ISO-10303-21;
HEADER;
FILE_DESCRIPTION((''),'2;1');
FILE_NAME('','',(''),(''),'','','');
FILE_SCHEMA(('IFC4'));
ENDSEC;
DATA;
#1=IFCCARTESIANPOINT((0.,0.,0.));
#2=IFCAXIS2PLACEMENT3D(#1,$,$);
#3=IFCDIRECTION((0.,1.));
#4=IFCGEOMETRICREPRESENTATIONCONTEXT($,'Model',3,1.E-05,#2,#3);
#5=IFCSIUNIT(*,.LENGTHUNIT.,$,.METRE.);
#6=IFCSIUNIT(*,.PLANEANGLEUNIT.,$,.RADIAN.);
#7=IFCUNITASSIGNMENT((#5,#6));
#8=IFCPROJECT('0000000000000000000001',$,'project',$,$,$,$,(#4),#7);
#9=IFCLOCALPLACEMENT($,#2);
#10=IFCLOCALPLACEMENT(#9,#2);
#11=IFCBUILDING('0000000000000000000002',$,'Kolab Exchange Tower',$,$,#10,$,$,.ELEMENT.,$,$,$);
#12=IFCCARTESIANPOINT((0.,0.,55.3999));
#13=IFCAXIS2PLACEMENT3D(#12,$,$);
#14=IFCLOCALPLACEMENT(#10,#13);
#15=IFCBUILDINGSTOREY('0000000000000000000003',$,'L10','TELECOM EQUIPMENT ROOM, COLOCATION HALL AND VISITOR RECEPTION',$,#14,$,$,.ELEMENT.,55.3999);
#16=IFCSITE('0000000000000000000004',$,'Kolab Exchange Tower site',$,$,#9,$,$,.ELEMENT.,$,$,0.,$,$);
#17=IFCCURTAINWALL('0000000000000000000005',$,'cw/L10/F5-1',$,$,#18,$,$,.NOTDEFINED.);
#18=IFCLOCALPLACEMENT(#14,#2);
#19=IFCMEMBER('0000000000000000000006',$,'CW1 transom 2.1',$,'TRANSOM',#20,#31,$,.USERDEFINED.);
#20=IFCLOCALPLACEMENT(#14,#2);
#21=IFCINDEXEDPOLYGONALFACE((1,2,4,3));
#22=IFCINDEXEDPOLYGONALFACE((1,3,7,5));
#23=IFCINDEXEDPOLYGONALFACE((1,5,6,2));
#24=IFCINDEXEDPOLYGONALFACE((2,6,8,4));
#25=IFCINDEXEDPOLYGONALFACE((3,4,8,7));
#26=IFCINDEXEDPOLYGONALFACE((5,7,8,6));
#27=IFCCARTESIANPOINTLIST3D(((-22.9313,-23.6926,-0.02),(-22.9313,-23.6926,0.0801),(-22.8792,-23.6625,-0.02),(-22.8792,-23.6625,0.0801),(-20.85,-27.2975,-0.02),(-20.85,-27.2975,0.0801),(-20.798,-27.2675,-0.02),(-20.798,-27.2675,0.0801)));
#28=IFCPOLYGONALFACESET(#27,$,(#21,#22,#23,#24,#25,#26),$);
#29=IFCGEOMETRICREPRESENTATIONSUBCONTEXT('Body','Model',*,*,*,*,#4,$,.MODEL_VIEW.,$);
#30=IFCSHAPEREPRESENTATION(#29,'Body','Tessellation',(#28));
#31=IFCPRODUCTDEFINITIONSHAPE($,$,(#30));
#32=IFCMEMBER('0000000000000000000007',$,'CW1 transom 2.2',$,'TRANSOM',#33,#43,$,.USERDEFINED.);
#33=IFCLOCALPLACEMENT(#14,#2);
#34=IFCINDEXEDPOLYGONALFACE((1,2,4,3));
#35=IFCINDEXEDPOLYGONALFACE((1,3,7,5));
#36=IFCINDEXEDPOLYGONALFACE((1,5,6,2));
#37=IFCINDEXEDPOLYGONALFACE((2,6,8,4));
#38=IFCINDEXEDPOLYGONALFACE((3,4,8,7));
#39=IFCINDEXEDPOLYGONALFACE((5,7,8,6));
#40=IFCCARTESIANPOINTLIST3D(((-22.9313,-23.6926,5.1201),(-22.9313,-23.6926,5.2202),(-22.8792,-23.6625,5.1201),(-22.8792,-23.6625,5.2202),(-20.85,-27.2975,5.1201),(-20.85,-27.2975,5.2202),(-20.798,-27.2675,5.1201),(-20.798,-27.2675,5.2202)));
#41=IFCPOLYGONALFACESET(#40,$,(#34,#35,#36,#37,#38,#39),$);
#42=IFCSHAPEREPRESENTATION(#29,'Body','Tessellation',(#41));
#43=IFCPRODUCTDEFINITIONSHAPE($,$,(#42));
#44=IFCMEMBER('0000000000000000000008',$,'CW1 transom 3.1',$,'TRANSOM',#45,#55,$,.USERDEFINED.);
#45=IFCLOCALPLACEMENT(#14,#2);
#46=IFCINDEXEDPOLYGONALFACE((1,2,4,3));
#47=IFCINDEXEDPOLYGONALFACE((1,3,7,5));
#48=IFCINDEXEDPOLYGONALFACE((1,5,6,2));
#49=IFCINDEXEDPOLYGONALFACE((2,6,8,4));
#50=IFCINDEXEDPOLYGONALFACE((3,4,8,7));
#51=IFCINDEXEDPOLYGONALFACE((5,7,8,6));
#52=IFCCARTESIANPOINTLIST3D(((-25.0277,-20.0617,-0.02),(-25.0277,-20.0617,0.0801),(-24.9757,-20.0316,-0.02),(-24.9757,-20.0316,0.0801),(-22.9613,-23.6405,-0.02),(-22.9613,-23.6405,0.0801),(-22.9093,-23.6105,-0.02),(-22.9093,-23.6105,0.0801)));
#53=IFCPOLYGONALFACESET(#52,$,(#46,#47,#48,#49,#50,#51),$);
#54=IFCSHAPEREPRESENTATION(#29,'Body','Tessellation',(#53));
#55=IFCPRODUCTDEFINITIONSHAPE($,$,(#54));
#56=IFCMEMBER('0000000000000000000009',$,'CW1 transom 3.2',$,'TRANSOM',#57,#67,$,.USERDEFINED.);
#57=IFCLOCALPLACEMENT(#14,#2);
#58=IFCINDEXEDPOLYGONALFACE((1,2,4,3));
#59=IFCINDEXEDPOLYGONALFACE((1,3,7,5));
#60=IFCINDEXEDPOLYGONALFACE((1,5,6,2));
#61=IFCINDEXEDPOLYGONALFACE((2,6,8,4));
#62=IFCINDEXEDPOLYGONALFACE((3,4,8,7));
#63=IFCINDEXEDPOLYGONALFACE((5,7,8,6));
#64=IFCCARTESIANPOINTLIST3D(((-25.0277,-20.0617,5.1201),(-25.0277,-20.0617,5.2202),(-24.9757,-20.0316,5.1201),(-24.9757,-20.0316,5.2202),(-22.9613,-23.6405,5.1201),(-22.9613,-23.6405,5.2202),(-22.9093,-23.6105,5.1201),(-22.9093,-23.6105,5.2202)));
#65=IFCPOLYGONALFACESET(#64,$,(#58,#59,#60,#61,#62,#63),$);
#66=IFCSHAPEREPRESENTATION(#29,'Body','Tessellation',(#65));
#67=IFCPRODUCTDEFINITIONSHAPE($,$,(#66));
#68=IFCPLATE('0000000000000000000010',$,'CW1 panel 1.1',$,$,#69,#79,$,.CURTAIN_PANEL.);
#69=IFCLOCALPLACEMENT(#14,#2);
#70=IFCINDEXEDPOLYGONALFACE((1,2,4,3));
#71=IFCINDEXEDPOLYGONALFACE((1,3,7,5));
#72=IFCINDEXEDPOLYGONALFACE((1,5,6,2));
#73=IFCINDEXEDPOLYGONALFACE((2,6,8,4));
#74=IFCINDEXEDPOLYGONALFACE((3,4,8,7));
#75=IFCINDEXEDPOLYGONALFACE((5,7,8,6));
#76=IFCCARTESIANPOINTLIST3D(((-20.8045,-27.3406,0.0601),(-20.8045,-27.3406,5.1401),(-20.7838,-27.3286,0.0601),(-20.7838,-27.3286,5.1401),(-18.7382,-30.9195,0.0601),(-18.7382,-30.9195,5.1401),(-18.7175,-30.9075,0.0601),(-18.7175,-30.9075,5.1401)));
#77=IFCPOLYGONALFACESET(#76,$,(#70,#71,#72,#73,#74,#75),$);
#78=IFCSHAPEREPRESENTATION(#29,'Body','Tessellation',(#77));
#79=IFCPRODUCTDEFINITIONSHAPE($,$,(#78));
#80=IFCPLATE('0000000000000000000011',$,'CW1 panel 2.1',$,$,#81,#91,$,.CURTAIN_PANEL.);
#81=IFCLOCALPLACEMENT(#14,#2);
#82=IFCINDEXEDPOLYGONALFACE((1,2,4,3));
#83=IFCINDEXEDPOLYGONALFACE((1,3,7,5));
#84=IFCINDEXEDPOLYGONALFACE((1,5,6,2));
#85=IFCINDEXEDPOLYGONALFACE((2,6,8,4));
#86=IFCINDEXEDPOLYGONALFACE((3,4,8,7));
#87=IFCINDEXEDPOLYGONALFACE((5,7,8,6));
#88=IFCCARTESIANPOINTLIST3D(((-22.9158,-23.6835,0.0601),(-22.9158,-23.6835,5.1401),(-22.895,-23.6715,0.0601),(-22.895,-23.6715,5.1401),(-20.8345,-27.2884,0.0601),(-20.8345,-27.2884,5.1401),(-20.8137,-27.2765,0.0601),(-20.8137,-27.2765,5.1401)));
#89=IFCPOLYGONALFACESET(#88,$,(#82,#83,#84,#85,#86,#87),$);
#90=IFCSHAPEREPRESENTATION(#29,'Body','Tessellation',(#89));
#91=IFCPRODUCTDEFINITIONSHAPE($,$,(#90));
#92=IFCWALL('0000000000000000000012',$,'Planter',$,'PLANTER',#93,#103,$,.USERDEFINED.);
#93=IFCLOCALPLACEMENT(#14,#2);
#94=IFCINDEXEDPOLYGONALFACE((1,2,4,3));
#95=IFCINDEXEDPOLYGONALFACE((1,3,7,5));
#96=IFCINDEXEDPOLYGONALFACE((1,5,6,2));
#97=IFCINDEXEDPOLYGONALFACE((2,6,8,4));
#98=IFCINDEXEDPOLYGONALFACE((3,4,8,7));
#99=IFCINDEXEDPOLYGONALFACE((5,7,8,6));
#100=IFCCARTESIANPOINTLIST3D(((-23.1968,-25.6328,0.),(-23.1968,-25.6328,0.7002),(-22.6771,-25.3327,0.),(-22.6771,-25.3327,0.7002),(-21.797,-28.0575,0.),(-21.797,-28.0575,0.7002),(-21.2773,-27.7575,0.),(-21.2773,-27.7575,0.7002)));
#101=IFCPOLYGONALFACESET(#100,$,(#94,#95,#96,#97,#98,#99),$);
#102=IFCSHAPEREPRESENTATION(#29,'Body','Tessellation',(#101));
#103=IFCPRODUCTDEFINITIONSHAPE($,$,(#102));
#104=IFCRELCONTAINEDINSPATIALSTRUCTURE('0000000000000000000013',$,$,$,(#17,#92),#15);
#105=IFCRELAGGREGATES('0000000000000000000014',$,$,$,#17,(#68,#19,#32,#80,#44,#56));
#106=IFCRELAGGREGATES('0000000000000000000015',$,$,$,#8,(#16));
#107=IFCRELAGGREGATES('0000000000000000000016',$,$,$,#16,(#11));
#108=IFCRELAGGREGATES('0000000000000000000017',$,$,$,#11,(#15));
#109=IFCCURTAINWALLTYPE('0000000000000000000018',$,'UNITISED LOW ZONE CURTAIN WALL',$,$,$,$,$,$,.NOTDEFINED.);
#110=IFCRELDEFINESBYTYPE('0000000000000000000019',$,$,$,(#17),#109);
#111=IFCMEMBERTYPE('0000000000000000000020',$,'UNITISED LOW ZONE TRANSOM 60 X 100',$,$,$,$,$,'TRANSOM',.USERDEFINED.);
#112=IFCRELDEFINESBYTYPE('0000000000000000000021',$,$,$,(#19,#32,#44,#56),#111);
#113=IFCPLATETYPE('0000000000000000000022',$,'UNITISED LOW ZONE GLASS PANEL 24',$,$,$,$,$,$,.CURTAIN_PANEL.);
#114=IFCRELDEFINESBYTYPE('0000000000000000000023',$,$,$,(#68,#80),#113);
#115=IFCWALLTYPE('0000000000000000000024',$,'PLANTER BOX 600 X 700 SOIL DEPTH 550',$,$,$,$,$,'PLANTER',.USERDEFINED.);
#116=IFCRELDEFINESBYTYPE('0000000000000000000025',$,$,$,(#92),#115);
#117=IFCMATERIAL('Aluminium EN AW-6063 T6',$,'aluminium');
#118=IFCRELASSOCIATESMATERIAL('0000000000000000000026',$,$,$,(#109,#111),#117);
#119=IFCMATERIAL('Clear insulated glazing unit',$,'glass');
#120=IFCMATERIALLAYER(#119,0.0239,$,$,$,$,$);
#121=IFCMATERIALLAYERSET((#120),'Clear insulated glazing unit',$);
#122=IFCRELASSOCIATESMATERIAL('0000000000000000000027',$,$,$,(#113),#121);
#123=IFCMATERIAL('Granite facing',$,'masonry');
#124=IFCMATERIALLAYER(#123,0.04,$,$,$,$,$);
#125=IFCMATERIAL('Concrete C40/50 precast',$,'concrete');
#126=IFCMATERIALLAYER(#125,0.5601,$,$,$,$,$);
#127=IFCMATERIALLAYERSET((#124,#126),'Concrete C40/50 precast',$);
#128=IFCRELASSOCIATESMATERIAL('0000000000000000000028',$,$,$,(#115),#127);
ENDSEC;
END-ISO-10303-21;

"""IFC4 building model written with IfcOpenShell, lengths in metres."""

from ifc_helpers import new_model, si_unit, direction, frame, frame_2d, origin, origin_2d, place, context, subcontext, project, spatial, rectangle, extrude, material, layer, layer_set, material_profile, profile_set, type_object, element, aggregate, save


model = new_model("IFC4")

# Units and contexts
model_context = context("Model", 3, precision=1e-05, world=origin(), true_north=direction((0.0, 1.0)))
body_context = subcontext(model_context, "Body", "Model", "MODEL_VIEW")
ifc_project = project(units=[si_unit("LENGTHUNIT", "METRE"), si_unit("PLANEANGLEUNIT", "RADIAN")], contexts=[model_context])

# Site, building, storey
site_placement = place(None, origin())
site = spatial("IfcSite", under=ifc_project, at=site_placement, Name="Kolab Exchange Tower site", CompositionType="ELEMENT", RefElevation=0.0)
building_placement = place(site_placement, origin())
building = spatial("IfcBuilding", under=site, at=building_placement, Name="Kolab Exchange Tower", CompositionType="ELEMENT")
storey_placement = place(building_placement, frame((0.0, 0.0, 55.3999)))
storey = spatial("IfcBuildingStorey", under=building, at=storey_placement, Name="L10", Description="TELECOM EQUIPMENT ROOM, COLOCATION HALL AND VISITOR RECEPTION", CompositionType="ELEMENT", Elevation=55.3999)

# Curtain wall
ifc_material_1 = material(Name="Aluminium EN AW-6063 T6", Category="aluminium")
curtain_wall_type = type_object("IfcCurtainWallType", Name="UNITISED LOW ZONE CURTAIN WALL", PredefinedType="NOTDEFINED", material=ifc_material_1)
curtain_wall_1_placement = place(storey_placement, origin())
curtain_wall_1 = element("IfcCurtainWall", 1, at=curtain_wall_1_placement, inside=storey, type_object=curtain_wall_type, Name="cw/L10/F5-1", PredefinedType="NOTDEFINED")

# Members
ifc_material_profile_1 = material_profile(ifc_material_1, rectangle(XDim=0.0601, YDim=0.1001, at=origin_2d()), Name="RECT 60X100")
ifc_profile_set_1 = profile_set([ifc_material_profile_1], Name="Aluminium EN AW-6063 T6")
member_type_1 = type_object("IfcMemberType", Name="UNITISED LOW ZONE TRANSOM 60 X 100", ElementType="TRANSOM", PredefinedType="USERDEFINED", material=ifc_profile_set_1)
member_1_placement = place(storey_placement, frame((-20.824, -27.2825, 0.03), z_axis=(-0.499993, 0.866029, 0.0), x_axis=(-0.866029, -0.499993, 0.0)))
member_1 = element("IfcMember", 2, at=member_1_placement, type_object=member_type_1, Name="CW1 transom 2.1", ObjectType="TRANSOM", PredefinedType="USERDEFINED", context=body_context, shape_type="SweptSolid", body=[
    extrude(rectangle(XDim=0.0601, YDim=0.1001, at=origin_2d()), origin(), (0.0, 0.0, 1.0), 4.1626),
])
member_2_placement = place(storey_placement, frame((-20.824, -27.2825, 5.1702), z_axis=(-0.499993, 0.866029, 0.0), x_axis=(-0.866029, -0.499993, 0.0)))
member_2 = element("IfcMember", 3, at=member_2_placement, type_object=member_type_1, Name="CW1 transom 2.2", ObjectType="TRANSOM", PredefinedType="USERDEFINED", context=body_context, shape_type="SweptSolid", body=[
    extrude(rectangle(XDim=0.0601, YDim=0.1001, at=origin_2d()), origin(), (0.0, 0.0, 1.0), 4.1626),
])
member_3_placement = place(storey_placement, frame((-22.9353, -23.6255, 0.03), z_axis=(-0.500028, 0.866009, 0.0), x_axis=(-0.866009, -0.500028, 0.0)))
member_3 = element("IfcMember", 4, at=member_3_placement, type_object=member_type_1, Name="CW1 transom 3.1", ObjectType="TRANSOM", PredefinedType="USERDEFINED", context=body_context, shape_type="SweptSolid", body=[
    extrude(rectangle(XDim=0.0601, YDim=0.1001, at=origin_2d()), origin(), (0.0, 0.0, 1.0), 4.1326),
])
member_4_placement = place(storey_placement, frame((-22.9353, -23.6255, 5.1702), z_axis=(-0.500028, 0.866009, 0.0), x_axis=(-0.866009, -0.500028, 0.0)))
member_4 = element("IfcMember", 5, at=member_4_placement, type_object=member_type_1, Name="CW1 transom 3.2", ObjectType="TRANSOM", PredefinedType="USERDEFINED", context=body_context, shape_type="SweptSolid", body=[
    extrude(rectangle(XDim=0.0601, YDim=0.1001, at=origin_2d()), origin(), (0.0, 0.0, 1.0), 4.1326),
])

# Plates
ifc_material_2 = material(Name="Clear insulated glazing unit", Category="glass")
ifc_layer_1 = layer(ifc_material_2, 0.0239)
ifc_layer_set_1 = layer_set([ifc_layer_1], Name="Clear insulated glazing unit")
plate_type = type_object("IfcPlateType", Name="UNITISED LOW ZONE GLASS PANEL 24", PredefinedType="CURTAIN_PANEL", material=ifc_layer_set_1)
plate_1_placement = place(storey_placement, frame((-19.761, -29.124, 0.0601), z_axis=(0.0, 0.0, 1.0), x_axis=(-0.5, 0.866025, 0.0)))
plate_1 = element("IfcPlate", 6, at=plate_1_placement, type_object=plate_type, Name="CW1 panel 1.1", PredefinedType="CURTAIN_PANEL", context=body_context, shape_type="SweptSolid", body=[
    extrude(rectangle(XDim=4.1326, YDim=0.0239, at=origin_2d()), origin(), (0.0, 0.0, 1.0), 5.0801),
])
plate_2_placement = place(storey_placement, frame((-21.8647, -25.48, 0.0601), z_axis=(0.0, 0.0, 1.0), x_axis=(-0.5, 0.866025, 0.0)))
plate_2 = element("IfcPlate", 7, at=plate_2_placement, type_object=plate_type, Name="CW1 panel 2.1", PredefinedType="CURTAIN_PANEL", context=body_context, shape_type="SweptSolid", body=[
    extrude(rectangle(XDim=4.1626, YDim=0.0239, at=origin_2d()), origin(), (0.0, 0.0, 1.0), 5.0801),
])
aggregate(curtain_wall_1, [plate_1, member_1, member_2, plate_2, member_3, member_4])

# Wall
ifc_material_3 = material(Name="Granite facing", Category="masonry")
ifc_layer_2 = layer(ifc_material_3, 0.04)
ifc_material_4 = material(Name="Concrete C40/50 precast", Category="concrete")
ifc_layer_3 = layer(ifc_material_4, 0.5601)
ifc_layer_set_2 = layer_set([ifc_layer_2, ifc_layer_3], Name="Concrete C40/50 precast")
wall_type = type_object("IfcWallType", Name="PLANTER BOX 600 X 700 SOIL DEPTH 550", ElementType="PLANTER", PredefinedType="USERDEFINED", material=ifc_layer_set_2)
wall_placement = place(storey_placement, frame((-21.5371, -27.9075, 0.0), z_axis=(0.0, 0.0, 1.0), x_axis=(-0.499984, 0.866035, 0.0)))
element("IfcWall", 8, at=wall_placement, inside=storey, type_object=wall_type, Name="Planter", ObjectType="PLANTER", PredefinedType="USERDEFINED", context=body_context, shape_type="SweptSolid", body=[
    extrude(rectangle(XDim=2.7998, YDim=0.6001, at=frame_2d((1.3999, 0.0))), origin(), (0.0, 0.0, 1.0), 0.7002),
])

save(model, "model.ifc")
